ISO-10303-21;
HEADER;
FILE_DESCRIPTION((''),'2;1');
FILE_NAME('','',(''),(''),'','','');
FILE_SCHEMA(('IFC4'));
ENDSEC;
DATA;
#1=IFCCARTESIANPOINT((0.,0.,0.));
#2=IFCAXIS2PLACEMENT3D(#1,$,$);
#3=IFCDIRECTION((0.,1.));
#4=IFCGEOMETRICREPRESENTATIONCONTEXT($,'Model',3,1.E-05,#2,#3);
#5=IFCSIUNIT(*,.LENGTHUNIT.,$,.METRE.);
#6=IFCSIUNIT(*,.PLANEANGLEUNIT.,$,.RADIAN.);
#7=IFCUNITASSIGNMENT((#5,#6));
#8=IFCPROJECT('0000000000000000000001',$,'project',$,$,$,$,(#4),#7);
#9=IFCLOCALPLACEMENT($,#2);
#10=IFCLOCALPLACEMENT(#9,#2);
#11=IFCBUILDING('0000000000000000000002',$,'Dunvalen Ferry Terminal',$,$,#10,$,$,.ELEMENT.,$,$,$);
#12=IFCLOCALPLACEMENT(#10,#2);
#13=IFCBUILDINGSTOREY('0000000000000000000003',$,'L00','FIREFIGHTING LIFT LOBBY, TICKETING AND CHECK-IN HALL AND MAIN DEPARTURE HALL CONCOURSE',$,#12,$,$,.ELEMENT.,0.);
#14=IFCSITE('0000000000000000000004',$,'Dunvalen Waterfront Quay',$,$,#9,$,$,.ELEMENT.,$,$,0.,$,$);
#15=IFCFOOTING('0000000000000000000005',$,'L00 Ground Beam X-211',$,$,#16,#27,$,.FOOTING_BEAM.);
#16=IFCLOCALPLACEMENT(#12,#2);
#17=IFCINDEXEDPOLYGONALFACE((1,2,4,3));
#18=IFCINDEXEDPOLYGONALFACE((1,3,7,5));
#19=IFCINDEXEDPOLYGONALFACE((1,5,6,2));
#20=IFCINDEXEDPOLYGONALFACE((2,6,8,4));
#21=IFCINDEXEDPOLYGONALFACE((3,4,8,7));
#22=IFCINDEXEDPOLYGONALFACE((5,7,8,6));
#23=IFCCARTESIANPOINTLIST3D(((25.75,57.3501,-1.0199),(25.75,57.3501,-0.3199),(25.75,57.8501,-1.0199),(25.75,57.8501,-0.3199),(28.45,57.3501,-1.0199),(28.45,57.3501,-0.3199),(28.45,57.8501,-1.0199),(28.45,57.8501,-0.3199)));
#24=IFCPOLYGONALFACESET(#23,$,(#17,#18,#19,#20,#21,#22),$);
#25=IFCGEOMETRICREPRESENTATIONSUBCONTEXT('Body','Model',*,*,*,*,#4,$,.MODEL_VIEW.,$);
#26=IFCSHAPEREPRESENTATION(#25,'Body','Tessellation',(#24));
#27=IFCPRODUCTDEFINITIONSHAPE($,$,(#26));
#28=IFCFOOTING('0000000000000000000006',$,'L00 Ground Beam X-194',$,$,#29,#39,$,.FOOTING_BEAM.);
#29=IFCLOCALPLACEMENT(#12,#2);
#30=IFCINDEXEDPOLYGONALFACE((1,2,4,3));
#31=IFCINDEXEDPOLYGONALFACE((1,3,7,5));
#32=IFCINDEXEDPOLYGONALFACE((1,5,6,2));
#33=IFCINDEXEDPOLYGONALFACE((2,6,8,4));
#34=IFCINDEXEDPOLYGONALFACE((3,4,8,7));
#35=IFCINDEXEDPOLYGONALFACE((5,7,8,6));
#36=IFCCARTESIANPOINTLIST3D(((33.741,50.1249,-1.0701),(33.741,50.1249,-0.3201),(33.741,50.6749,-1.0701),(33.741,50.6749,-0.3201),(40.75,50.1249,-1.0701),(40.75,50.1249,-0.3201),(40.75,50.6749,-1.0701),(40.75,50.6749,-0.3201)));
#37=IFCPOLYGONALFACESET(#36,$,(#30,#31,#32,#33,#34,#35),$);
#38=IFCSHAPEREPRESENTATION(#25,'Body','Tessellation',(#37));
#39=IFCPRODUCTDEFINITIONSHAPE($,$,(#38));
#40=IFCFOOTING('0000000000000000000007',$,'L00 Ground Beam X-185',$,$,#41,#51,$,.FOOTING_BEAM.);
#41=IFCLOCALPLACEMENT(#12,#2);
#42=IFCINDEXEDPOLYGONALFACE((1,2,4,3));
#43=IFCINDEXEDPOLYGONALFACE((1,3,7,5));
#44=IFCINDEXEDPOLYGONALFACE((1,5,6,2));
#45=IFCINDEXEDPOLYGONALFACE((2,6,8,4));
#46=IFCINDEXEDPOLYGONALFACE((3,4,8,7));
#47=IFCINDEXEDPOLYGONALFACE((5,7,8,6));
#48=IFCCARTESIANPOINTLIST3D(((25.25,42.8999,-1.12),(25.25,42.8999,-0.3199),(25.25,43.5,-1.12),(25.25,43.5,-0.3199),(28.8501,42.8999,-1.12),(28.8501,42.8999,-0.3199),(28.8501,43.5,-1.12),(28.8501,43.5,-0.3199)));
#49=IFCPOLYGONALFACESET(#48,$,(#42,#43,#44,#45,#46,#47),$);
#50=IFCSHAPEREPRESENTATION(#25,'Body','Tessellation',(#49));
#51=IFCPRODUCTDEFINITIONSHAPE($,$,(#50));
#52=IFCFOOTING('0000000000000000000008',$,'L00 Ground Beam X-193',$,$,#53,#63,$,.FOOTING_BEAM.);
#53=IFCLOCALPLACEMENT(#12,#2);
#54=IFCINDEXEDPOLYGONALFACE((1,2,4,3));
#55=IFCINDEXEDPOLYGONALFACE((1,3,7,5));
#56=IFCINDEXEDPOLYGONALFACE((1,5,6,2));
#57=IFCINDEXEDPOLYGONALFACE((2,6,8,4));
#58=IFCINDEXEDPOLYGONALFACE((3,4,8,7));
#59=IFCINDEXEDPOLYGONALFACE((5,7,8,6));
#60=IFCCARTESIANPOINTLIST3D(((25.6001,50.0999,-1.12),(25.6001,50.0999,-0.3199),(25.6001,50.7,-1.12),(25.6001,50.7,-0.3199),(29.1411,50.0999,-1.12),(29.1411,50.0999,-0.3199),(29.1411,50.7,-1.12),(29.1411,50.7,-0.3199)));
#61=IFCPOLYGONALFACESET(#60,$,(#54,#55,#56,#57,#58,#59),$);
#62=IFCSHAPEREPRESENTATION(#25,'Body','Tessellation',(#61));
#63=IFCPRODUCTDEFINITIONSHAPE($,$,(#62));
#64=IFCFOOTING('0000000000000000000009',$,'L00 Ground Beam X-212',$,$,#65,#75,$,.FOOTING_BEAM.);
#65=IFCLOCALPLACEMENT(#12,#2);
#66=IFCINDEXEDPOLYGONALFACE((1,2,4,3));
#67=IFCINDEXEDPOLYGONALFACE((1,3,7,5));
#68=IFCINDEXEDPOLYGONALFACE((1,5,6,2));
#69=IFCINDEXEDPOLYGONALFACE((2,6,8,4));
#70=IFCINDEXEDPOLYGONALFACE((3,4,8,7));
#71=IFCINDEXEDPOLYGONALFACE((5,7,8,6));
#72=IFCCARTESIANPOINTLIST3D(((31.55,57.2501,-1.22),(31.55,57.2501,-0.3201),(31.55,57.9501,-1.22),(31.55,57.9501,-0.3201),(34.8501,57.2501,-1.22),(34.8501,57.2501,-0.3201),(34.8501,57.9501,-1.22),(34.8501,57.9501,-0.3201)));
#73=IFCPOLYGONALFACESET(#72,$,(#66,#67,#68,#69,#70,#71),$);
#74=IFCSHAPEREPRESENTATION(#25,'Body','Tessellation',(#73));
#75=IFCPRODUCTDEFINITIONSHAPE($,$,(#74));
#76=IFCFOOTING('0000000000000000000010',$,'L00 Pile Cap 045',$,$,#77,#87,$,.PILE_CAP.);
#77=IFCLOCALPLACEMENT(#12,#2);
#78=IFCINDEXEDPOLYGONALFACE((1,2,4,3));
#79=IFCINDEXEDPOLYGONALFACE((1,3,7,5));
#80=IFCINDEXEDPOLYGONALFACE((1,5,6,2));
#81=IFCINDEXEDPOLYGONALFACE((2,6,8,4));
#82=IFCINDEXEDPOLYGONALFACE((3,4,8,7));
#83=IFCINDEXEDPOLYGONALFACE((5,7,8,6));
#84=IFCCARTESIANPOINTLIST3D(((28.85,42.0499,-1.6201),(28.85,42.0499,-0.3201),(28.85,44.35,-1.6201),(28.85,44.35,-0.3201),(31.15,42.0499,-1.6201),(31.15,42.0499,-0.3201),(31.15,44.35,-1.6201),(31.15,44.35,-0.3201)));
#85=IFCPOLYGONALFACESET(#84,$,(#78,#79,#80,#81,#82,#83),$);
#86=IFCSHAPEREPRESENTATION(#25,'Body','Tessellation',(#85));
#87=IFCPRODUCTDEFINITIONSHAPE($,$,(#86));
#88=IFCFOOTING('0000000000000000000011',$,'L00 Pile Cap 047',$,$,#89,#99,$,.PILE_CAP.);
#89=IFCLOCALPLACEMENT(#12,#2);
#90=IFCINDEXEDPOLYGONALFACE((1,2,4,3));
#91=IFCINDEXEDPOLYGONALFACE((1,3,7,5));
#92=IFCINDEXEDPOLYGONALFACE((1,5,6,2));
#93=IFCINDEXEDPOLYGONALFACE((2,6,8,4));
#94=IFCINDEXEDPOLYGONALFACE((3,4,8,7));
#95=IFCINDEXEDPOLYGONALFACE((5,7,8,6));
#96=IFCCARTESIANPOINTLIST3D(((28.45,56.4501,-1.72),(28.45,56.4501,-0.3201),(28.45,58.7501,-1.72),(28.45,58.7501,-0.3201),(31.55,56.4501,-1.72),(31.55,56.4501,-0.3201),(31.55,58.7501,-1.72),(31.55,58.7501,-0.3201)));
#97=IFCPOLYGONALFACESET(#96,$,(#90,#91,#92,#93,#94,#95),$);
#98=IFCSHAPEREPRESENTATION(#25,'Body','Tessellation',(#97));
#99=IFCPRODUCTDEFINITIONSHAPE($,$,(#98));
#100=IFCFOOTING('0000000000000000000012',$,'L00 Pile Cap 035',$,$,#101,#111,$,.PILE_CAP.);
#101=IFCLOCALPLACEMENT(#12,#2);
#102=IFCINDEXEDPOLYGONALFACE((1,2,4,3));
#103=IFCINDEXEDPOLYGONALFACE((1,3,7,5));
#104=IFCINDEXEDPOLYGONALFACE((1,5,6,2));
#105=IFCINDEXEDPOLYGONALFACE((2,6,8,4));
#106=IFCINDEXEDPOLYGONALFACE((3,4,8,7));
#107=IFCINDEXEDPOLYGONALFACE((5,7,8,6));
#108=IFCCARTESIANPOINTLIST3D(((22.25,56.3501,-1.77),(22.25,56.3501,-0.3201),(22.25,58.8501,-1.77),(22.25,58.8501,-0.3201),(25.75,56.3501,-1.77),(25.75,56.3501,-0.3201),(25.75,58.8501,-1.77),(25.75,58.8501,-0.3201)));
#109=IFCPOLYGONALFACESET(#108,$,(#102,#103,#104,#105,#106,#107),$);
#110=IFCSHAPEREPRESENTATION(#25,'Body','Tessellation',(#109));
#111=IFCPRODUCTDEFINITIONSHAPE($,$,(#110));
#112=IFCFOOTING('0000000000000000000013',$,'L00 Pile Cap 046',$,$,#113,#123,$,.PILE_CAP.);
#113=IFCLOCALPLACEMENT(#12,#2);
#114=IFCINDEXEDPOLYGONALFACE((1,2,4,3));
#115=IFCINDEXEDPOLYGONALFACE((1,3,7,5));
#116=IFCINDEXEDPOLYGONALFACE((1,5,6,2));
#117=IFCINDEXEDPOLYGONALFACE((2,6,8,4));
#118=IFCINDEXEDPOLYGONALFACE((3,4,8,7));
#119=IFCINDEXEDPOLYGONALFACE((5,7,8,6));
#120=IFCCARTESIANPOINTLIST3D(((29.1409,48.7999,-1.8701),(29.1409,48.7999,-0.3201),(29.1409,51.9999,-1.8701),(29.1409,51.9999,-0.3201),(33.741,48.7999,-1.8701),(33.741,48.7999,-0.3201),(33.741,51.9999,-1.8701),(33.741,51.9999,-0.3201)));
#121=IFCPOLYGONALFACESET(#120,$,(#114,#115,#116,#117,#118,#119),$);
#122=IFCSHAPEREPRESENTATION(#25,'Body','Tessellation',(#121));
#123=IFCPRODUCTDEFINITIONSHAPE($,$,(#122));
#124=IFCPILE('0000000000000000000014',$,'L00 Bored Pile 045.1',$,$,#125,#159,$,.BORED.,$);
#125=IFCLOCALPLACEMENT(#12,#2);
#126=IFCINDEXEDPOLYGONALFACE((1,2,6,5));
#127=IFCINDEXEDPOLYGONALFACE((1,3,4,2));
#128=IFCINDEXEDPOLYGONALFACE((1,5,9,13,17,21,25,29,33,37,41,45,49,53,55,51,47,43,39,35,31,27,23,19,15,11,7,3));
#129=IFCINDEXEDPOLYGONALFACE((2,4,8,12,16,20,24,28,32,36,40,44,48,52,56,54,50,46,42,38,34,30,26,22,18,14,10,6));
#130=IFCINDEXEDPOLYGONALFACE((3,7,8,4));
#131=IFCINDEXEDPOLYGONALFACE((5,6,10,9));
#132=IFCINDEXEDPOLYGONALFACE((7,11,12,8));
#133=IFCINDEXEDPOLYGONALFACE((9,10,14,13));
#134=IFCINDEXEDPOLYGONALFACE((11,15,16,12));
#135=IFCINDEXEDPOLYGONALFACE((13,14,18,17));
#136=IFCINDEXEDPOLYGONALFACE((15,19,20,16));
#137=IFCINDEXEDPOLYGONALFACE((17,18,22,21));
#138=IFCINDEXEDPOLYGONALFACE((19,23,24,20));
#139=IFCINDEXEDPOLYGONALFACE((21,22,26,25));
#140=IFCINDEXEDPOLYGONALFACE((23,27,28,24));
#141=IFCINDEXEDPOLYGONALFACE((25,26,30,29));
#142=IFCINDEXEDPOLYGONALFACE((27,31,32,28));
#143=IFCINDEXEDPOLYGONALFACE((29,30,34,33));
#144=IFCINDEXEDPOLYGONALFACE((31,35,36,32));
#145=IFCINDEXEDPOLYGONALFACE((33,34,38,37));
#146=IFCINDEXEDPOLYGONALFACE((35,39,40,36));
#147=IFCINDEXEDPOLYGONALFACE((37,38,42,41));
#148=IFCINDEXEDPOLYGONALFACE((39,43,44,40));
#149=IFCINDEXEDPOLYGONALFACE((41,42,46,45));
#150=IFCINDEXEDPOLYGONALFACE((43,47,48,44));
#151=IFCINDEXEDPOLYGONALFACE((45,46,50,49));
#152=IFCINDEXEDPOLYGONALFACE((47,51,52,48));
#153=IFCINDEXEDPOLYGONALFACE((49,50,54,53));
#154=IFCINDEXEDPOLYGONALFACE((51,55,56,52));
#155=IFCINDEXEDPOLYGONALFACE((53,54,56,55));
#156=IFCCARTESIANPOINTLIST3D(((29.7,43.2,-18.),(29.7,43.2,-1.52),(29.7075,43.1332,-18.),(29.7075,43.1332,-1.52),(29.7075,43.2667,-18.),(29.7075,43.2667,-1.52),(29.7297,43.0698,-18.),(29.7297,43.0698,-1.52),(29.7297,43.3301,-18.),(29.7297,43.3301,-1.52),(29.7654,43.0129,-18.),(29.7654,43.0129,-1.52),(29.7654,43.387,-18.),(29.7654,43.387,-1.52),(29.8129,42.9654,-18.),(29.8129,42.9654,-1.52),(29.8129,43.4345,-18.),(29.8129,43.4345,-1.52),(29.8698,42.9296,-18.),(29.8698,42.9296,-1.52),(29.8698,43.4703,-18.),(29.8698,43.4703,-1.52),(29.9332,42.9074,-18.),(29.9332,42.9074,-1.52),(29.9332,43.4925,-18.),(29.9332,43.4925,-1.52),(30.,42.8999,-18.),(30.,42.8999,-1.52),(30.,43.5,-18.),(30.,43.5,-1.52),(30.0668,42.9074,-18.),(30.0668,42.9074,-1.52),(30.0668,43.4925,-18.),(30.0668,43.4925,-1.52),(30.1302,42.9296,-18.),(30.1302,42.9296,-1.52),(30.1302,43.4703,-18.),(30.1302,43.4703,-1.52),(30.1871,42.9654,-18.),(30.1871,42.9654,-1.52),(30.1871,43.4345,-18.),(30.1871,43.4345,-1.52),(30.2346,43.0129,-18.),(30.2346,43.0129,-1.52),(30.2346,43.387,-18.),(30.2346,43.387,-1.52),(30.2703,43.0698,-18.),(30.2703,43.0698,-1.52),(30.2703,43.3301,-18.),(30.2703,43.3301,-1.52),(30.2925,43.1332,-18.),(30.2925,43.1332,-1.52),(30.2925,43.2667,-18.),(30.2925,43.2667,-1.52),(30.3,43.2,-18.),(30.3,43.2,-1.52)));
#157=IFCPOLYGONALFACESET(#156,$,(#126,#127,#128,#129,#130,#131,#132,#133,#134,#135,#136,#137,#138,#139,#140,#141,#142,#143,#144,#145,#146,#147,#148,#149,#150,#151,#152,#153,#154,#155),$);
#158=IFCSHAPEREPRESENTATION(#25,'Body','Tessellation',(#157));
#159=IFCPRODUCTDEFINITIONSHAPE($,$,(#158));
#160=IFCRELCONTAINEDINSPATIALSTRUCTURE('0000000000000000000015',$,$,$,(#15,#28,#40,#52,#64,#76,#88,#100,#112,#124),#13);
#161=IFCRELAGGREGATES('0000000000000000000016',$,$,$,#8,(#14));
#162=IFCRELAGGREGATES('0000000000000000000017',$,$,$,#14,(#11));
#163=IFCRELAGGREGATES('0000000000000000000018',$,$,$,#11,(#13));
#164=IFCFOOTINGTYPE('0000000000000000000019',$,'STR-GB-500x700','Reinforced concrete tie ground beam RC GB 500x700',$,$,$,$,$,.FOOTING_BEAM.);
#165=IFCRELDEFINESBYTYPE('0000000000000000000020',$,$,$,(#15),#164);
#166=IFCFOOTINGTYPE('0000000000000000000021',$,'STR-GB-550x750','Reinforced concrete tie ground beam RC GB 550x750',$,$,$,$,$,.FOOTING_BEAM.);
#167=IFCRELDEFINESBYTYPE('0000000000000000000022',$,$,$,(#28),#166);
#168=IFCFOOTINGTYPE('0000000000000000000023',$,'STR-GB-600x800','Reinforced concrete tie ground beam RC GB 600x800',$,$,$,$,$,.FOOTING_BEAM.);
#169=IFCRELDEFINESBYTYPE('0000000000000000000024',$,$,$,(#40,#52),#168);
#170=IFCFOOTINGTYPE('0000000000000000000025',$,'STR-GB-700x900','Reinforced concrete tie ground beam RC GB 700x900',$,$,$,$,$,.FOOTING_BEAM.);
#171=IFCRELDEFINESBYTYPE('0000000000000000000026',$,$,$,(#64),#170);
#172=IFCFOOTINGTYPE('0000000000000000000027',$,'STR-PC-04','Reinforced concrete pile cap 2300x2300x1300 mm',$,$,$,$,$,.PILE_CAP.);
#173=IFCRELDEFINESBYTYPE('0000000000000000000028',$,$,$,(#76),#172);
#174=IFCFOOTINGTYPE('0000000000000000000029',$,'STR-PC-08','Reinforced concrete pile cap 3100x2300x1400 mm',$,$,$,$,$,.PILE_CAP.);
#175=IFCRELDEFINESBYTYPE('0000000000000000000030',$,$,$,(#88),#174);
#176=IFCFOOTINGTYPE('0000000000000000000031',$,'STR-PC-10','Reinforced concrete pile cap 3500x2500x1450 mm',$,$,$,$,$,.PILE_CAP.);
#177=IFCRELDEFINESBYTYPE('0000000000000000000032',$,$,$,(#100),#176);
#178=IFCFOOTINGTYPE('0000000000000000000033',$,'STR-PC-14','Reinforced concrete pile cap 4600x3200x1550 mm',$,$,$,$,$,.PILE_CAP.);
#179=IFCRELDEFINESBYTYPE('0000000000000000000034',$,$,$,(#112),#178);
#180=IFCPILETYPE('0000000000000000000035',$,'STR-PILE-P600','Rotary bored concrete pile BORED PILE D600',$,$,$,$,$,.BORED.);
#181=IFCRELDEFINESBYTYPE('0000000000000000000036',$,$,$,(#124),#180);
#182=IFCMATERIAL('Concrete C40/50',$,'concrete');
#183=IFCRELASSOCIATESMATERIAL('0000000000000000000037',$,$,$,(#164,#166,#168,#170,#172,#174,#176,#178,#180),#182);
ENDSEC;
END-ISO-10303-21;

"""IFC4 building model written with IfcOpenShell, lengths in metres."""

from ifc_helpers import new_model, si_unit, direction, frame, origin, origin_2d, place, context, subcontext, project, spatial, rectangle, circle, extrude, material, material_profile, profile_set, type_object, element, save


model = new_model("IFC4")

# Units and contexts
model_context = context("Model", 3, precision=1e-05, world=origin(), true_north=direction((0.0, 1.0)))
body_context = subcontext(model_context, "Body", "Model", "MODEL_VIEW")
ifc_project = project(units=[si_unit("LENGTHUNIT", "METRE"), si_unit("PLANEANGLEUNIT", "RADIAN")], contexts=[model_context])

# Site, building, storey
site_placement = place(None, origin())
site = spatial("IfcSite", under=ifc_project, at=site_placement, Name="Dunvalen Waterfront Quay", CompositionType="ELEMENT", RefElevation=0.0)
building_placement = place(site_placement, origin())
building = spatial("IfcBuilding", under=site, at=building_placement, Name="Dunvalen Ferry Terminal", CompositionType="ELEMENT")
storey_placement = place(building_placement, origin())
storey = spatial("IfcBuildingStorey", under=building, at=storey_placement, Name="L00", Description="FIREFIGHTING LIFT LOBBY, TICKETING AND CHECK-IN HALL AND MAIN DEPARTURE HALL CONCOURSE", CompositionType="ELEMENT", Elevation=0.0)

# Footings
ifc_material_1 = material(Name="Concrete C40/50", Category="concrete")
ifc_material_profile_1 = material_profile(ifc_material_1, rectangle(XDim=0.5, YDim=0.7, at=origin_2d()), Name="Concrete C40/50")
ifc_profile_set_1 = profile_set([ifc_material_profile_1], Name="Concrete C40/50")
footing_type_1 = type_object("IfcFootingType", Name="STR-GB-500x700", Description="Reinforced concrete tie ground beam RC GB 500x700", PredefinedType="FOOTING_BEAM", material=ifc_profile_set_1)
footing_1_placement = place(storey_placement, frame((25.75, 57.6001, -0.6699), z_axis=(1.0, 0.0, 0.0), x_axis=(0.0, 1.0, 0.0)))
element("IfcFooting", 1, at=footing_1_placement, inside=storey, type_object=footing_type_1, Name="L00 Ground Beam X-211", PredefinedType="FOOTING_BEAM", context=body_context, shape_type="SweptSolid", body=[
    extrude(rectangle(XDim=0.5, YDim=0.7, at=origin_2d()), origin(), (0.0, 0.0, 1.0), 2.7),
])
ifc_material_profile_2 = material_profile(ifc_material_1, rectangle(XDim=0.55, YDim=0.75, at=origin_2d()), Name="Concrete C40/50")
ifc_profile_set_2 = profile_set([ifc_material_profile_2], Name="Concrete C40/50")
footing_type_2 = type_object("IfcFootingType", Name="STR-GB-550x750", Description="Reinforced concrete tie ground beam RC GB 550x750", PredefinedType="FOOTING_BEAM", material=ifc_profile_set_2)
footing_2_placement = place(storey_placement, frame((33.741, 50.3999, -0.6951), z_axis=(1.0, 0.0, 0.0), x_axis=(0.0, 1.0, 0.0)))
element("IfcFooting", 2, at=footing_2_placement, inside=storey, type_object=footing_type_2, Name="L00 Ground Beam X-194", PredefinedType="FOOTING_BEAM", context=body_context, shape_type="SweptSolid", body=[
    extrude(rectangle(XDim=0.55, YDim=0.75, at=origin_2d()), origin(), (0.0, 0.0, 1.0), 7.009),
])
ifc_material_profile_3 = material_profile(ifc_material_1, rectangle(XDim=0.6001, YDim=0.8, at=origin_2d()), Name="Concrete C40/50")
ifc_profile_set_3 = profile_set([ifc_material_profile_3], Name="Concrete C40/50")
footing_type_3 = type_object("IfcFootingType", Name="STR-GB-600x800", Description="Reinforced concrete tie ground beam RC GB 600x800", PredefinedType="FOOTING_BEAM", material=ifc_profile_set_3)
footing_3_placement = place(storey_placement, frame((25.25, 43.2, -0.72), z_axis=(1.0, 0.0, 0.0), x_axis=(0.0, 1.0, 0.0)))
element("IfcFooting", 3, at=footing_3_placement, inside=storey, type_object=footing_type_3, Name="L00 Ground Beam X-185", PredefinedType="FOOTING_BEAM", context=body_context, shape_type="SweptSolid", body=[
    extrude(rectangle(XDim=0.6001, YDim=0.8, at=origin_2d()), origin(), (0.0, 0.0, 1.0), 3.6001),
])
footing_4_placement = place(storey_placement, frame((25.6001, 50.3999, -0.72), z_axis=(1.0, 0.0, 0.0), x_axis=(0.0, 1.0, 0.0)))
element("IfcFooting", 4, at=footing_4_placement, inside=storey, type_object=footing_type_3, Name="L00 Ground Beam X-193", PredefinedType="FOOTING_BEAM", context=body_context, shape_type="SweptSolid", body=[
    extrude(rectangle(XDim=0.6001, YDim=0.8, at=origin_2d()), origin(), (0.0, 0.0, 1.0), 3.541),
])
ifc_material_profile_4 = material_profile(ifc_material_1, rectangle(XDim=0.7, YDim=0.8999, at=origin_2d()), Name="Concrete C40/50")
ifc_profile_set_4 = profile_set([ifc_material_profile_4], Name="Concrete C40/50")
footing_type_4 = type_object("IfcFootingType", Name="STR-GB-700x900", Description="Reinforced concrete tie ground beam RC GB 700x900", PredefinedType="FOOTING_BEAM", material=ifc_profile_set_4)
footing_5_placement = place(storey_placement, frame((31.55, 57.6001, -0.77), z_axis=(1.0, 0.0, 0.0), x_axis=(0.0, 1.0, 0.0)))
element("IfcFooting", 5, at=footing_5_placement, inside=storey, type_object=footing_type_4, Name="L00 Ground Beam X-212", PredefinedType="FOOTING_BEAM", context=body_context, shape_type="SweptSolid", body=[
    extrude(rectangle(XDim=0.7, YDim=0.8999, at=origin_2d()), origin(), (0.0, 0.0, 1.0), 3.3),
])
footing_type_5 = type_object("IfcFootingType", Name="STR-PC-04", Description="Reinforced concrete pile cap 2300x2300x1300 mm", PredefinedType="PILE_CAP", material=ifc_material_1)
footing_6_placement = place(storey_placement, frame((30.0, 43.2, -1.6201), z_axis=(0.0, 0.0, 1.0), x_axis=(1.0, 0.0, 0.0)))
element("IfcFooting", 6, at=footing_6_placement, inside=storey, type_object=footing_type_5, Name="L00 Pile Cap 045", PredefinedType="PILE_CAP", context=body_context, shape_type="SweptSolid", body=[
    extrude(rectangle(XDim=2.3, YDim=2.3, at=origin_2d()), origin(), (0.0, 0.0, 1.0), 1.3),
])
footing_type_6 = type_object("IfcFootingType", Name="STR-PC-08", Description="Reinforced concrete pile cap 3100x2300x1400 mm", PredefinedType="PILE_CAP", material=ifc_material_1)
footing_7_placement = place(storey_placement, frame((30.0, 57.6001, -1.72), z_axis=(0.0, 0.0, 1.0), x_axis=(1.0, 0.0, 0.0)))
element("IfcFooting", 7, at=footing_7_placement, inside=storey, type_object=footing_type_6, Name="L00 Pile Cap 047", PredefinedType="PILE_CAP", context=body_context, shape_type="SweptSolid", body=[
    extrude(rectangle(XDim=3.1001, YDim=2.3, at=origin_2d()), origin(), (0.0, 0.0, 1.0), 1.3999),
])
footing_type_7 = type_object("IfcFootingType", Name="STR-PC-10", Description="Reinforced concrete pile cap 3500x2500x1450 mm", PredefinedType="PILE_CAP", material=ifc_material_1)
footing_8_placement = place(storey_placement, frame((24.0, 57.6001, -1.77), z_axis=(0.0, 0.0, 1.0), x_axis=(1.0, 0.0, 0.0)))
element("IfcFooting", 8, at=footing_8_placement, inside=storey, type_object=footing_type_7, Name="L00 Pile Cap 035", PredefinedType="PILE_CAP", context=body_context, shape_type="SweptSolid", body=[
    extrude(rectangle(XDim=3.5, YDim=2.5, at=origin_2d()), origin(), (0.0, 0.0, 1.0), 1.45),
])
footing_type_8 = type_object("IfcFootingType", Name="STR-PC-14", Description="Reinforced concrete pile cap 4600x3200x1550 mm", PredefinedType="PILE_CAP", material=ifc_material_1)
footing_9_placement = place(storey_placement, frame((31.4409, 50.3999, -1.8701), z_axis=(0.0, 0.0, 1.0), x_axis=(1.0, 0.0, 0.0)))
element("IfcFooting", 9, at=footing_9_placement, inside=storey, type_object=footing_type_8, Name="L00 Pile Cap 046", PredefinedType="PILE_CAP", context=body_context, shape_type="SweptSolid", body=[
    extrude(rectangle(XDim=4.6001, YDim=3.2, at=origin_2d()), origin(), (0.0, 0.0, 1.0), 1.55),
])

# Pile
ifc_material_profile_5 = material_profile(ifc_material_1, circle(Radius=0.3, at=origin_2d()), Name="Concrete C40/50")
ifc_profile_set_5 = profile_set([ifc_material_profile_5], Name="Concrete C40/50")
pile_type_1 = type_object("IfcPileType", Name="STR-PILE-P600", Description="Rotary bored concrete pile BORED PILE D600", PredefinedType="BORED", material=ifc_profile_set_5)
pile_1_placement = place(storey_placement, frame((30.0, 43.2, -1.52), z_axis=(0.0, 0.0, -1.0), x_axis=(1.0, 0.0, 0.0)))
element("IfcPile", 10, at=pile_1_placement, inside=storey, type_object=pile_type_1, Name="L00 Bored Pile 045.1", PredefinedType="BORED", context=body_context, shape_type="SweptSolid", body=[
    extrude(circle(Radius=0.3, at=origin_2d()), origin(), (0.0, 0.0, 1.0), 16.48),
])

save(model, "model.ifc")
